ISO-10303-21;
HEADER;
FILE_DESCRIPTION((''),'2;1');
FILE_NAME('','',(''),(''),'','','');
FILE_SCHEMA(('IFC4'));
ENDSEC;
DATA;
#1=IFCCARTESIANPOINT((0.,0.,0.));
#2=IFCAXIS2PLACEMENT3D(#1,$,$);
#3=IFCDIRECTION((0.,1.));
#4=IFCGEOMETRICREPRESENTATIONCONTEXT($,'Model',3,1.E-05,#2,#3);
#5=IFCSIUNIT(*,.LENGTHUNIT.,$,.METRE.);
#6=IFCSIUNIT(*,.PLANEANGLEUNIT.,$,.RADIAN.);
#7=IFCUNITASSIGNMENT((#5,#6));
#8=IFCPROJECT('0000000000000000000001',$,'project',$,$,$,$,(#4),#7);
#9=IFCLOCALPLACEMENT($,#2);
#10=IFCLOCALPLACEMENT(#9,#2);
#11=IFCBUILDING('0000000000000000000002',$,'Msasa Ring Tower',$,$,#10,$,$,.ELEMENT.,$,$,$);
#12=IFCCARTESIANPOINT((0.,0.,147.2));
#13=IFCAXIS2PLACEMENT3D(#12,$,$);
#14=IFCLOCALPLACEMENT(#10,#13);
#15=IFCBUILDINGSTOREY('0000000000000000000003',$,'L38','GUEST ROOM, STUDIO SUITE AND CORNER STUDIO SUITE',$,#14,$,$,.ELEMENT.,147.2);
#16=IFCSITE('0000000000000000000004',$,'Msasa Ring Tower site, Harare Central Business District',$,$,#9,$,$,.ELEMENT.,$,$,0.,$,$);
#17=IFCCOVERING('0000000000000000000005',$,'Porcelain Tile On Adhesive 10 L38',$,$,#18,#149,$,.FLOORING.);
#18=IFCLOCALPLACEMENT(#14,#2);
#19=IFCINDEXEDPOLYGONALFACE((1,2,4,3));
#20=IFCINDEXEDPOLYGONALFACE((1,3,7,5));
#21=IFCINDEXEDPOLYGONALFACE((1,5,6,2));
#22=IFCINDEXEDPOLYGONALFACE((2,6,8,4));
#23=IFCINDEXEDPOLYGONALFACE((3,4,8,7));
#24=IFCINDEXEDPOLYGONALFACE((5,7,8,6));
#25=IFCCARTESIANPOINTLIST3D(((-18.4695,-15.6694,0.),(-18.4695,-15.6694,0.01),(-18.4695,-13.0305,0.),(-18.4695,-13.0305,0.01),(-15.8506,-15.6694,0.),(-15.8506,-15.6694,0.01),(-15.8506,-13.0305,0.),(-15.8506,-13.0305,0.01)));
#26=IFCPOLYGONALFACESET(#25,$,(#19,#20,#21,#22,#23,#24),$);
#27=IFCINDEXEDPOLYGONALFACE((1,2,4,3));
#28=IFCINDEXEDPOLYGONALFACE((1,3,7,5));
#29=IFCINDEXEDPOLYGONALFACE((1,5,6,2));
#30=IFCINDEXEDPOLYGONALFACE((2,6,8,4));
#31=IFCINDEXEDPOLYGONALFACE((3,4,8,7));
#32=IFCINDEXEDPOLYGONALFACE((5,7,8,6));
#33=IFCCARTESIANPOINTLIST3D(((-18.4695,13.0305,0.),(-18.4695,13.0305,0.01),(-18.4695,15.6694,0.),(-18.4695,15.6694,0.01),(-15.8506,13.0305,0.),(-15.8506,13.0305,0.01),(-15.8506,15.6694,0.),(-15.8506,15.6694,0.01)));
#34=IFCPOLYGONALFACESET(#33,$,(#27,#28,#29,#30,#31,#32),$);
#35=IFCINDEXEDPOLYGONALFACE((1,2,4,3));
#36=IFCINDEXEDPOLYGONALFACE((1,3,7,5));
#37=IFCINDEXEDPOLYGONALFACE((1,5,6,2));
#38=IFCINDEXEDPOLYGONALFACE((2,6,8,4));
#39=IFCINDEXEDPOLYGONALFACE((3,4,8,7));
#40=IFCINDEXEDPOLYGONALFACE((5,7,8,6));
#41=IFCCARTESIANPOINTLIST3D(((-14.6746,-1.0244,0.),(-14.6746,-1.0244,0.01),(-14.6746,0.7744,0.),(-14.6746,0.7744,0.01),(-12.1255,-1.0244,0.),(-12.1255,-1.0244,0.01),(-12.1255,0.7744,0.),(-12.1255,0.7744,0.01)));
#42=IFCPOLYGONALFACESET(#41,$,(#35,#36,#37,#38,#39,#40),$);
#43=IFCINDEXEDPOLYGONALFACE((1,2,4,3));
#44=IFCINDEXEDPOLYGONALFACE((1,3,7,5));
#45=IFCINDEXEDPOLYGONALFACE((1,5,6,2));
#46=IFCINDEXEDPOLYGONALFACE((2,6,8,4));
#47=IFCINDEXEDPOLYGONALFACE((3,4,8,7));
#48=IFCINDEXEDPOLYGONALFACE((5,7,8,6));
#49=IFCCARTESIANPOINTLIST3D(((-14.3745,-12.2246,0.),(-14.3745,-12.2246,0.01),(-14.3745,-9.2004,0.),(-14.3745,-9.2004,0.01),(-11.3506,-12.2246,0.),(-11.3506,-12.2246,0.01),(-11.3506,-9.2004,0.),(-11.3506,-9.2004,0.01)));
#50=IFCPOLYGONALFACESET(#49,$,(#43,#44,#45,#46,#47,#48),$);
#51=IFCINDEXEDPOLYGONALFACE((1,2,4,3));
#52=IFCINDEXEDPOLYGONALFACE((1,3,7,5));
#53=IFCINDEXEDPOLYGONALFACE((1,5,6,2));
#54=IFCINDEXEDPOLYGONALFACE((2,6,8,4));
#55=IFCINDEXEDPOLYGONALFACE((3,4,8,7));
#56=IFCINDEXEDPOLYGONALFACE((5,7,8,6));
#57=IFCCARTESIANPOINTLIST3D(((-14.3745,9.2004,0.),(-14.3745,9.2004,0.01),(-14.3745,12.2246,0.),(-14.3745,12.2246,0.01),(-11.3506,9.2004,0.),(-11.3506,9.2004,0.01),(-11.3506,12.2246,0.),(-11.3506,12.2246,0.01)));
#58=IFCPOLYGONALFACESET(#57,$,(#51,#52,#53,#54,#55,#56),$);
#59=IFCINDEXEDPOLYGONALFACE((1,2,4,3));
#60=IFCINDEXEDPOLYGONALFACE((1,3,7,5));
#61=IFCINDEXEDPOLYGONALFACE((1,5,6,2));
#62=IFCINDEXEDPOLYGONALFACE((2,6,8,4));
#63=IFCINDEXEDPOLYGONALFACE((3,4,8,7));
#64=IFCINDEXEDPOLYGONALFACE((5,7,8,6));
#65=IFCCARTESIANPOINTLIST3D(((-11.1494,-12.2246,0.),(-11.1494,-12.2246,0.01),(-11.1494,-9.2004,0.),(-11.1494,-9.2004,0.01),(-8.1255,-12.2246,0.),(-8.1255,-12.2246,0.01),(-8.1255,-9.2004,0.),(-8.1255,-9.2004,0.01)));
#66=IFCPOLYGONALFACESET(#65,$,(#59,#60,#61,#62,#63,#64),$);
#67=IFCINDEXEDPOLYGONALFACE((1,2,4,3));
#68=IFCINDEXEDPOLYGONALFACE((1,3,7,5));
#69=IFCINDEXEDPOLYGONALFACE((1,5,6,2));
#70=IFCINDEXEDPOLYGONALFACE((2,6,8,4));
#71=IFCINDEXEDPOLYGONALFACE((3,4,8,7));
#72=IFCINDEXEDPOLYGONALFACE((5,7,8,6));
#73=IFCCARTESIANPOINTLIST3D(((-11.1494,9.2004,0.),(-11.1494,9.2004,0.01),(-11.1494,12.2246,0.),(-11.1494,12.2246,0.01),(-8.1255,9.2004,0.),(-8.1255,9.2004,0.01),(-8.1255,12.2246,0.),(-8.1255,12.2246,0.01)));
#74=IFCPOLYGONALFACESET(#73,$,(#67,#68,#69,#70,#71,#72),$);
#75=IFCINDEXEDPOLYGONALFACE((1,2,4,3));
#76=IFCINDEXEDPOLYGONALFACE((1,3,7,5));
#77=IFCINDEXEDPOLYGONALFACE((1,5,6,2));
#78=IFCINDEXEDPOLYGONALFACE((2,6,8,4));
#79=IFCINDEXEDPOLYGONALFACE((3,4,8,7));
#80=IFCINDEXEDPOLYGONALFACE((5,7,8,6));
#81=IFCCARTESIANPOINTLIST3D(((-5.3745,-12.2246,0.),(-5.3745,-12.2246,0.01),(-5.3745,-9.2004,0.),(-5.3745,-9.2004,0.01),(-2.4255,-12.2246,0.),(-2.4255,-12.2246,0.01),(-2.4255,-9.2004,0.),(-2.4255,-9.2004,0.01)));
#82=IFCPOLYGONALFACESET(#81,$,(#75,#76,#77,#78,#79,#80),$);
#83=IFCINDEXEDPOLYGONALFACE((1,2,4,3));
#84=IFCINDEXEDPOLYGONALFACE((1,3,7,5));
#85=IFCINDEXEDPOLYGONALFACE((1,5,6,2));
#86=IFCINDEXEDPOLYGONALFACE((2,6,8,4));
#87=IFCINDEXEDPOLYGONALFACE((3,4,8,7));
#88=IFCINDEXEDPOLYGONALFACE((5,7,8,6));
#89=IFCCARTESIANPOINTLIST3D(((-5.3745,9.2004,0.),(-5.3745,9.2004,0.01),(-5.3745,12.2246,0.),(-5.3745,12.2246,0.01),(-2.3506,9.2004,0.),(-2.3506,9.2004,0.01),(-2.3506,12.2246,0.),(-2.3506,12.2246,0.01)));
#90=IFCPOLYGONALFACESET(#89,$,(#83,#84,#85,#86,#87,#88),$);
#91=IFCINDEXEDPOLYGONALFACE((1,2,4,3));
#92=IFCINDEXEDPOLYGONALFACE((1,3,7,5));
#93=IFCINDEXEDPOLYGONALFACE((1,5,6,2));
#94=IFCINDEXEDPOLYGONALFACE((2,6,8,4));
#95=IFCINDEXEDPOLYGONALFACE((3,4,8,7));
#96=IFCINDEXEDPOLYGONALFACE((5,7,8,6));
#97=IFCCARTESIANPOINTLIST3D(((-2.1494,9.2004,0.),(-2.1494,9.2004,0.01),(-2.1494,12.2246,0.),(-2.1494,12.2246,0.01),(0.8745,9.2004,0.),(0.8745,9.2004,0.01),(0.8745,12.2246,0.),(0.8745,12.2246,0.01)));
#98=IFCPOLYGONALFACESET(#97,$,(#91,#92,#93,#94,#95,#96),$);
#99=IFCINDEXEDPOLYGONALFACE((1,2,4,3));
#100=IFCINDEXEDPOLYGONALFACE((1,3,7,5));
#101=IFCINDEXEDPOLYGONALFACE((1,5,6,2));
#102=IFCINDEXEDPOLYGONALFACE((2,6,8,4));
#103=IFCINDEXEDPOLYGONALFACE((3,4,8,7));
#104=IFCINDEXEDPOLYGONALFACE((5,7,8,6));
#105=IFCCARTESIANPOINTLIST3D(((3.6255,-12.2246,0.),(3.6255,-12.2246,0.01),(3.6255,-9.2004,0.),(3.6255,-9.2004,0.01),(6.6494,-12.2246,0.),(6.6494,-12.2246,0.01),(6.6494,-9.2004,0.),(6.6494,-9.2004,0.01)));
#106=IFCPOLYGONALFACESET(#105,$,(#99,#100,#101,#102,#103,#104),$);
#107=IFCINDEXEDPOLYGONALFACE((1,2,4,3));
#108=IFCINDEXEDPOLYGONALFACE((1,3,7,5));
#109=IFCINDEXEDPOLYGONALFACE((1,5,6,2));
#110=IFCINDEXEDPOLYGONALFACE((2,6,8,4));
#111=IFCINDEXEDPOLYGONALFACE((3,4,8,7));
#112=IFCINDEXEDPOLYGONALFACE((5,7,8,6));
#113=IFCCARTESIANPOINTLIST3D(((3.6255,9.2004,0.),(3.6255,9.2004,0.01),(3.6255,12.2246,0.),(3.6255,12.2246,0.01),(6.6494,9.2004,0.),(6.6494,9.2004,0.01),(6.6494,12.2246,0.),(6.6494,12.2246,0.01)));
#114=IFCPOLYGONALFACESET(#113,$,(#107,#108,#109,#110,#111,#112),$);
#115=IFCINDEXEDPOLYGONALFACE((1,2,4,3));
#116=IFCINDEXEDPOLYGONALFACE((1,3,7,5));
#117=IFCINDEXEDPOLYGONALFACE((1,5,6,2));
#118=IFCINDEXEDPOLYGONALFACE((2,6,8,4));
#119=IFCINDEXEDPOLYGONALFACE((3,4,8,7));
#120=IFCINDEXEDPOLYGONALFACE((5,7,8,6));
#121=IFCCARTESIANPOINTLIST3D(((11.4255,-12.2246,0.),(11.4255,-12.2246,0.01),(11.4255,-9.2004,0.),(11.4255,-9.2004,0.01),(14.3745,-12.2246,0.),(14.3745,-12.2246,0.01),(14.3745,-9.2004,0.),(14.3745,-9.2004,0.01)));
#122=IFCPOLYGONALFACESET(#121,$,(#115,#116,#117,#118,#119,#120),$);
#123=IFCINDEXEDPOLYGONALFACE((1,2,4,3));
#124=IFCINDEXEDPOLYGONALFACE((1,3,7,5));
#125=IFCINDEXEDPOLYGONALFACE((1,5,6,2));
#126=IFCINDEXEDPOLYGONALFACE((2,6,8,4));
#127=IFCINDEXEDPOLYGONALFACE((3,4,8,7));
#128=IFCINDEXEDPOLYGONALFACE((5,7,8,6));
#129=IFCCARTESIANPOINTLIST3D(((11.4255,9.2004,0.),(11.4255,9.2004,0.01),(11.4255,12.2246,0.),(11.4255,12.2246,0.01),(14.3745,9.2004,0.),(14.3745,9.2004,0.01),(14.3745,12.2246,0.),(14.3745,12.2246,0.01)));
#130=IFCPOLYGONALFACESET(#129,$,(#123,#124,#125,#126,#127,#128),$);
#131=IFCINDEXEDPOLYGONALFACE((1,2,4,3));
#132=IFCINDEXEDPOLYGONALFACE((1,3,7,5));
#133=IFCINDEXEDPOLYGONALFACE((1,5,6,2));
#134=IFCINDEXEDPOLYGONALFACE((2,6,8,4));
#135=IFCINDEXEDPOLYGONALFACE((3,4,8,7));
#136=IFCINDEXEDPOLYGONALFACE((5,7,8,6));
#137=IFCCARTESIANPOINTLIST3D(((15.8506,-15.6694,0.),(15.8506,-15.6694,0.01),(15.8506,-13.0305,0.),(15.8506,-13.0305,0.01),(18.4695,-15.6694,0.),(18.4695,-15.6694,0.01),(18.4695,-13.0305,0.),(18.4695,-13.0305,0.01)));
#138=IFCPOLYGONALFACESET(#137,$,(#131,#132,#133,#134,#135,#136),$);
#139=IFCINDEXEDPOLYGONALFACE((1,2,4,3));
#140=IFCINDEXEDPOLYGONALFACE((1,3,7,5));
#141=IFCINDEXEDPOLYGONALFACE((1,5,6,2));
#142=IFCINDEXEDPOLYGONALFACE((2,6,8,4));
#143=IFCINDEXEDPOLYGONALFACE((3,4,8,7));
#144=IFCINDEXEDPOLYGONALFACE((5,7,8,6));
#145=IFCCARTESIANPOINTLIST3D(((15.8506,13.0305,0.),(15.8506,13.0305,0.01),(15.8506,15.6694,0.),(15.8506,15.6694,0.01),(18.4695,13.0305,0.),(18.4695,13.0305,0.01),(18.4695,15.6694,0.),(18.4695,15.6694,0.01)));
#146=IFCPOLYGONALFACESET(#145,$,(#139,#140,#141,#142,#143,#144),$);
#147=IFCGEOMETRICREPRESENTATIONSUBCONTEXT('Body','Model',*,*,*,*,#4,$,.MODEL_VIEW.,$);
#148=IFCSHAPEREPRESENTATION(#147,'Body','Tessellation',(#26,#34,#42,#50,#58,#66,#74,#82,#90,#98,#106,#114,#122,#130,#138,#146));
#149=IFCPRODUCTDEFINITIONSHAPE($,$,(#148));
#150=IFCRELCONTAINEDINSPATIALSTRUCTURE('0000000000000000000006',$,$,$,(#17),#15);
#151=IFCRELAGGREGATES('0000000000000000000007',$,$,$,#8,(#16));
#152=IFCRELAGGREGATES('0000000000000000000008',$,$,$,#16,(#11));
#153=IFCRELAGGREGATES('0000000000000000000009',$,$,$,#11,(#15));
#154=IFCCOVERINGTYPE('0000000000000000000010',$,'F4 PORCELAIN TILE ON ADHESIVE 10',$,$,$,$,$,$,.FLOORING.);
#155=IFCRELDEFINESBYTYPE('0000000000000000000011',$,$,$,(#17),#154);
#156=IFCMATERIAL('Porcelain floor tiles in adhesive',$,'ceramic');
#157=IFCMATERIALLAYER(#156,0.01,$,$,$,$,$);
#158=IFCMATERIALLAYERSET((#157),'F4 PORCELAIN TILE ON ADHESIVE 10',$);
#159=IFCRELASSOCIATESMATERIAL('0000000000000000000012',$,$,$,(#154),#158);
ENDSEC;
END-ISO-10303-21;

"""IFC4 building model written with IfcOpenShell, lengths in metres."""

from ifc_helpers import new_model, si_unit, direction, frame, origin, place, context, subcontext, project, spatial, line, indexed_curve, outline, extrude, material, layer, layer_set, type_object, element, save


model = new_model("IFC4")

# Units and contexts
model_context = context("Model", 3, precision=1e-05, world=origin(), true_north=direction((0.0, 1.0)))
body_context = subcontext(model_context, "Body", "Model", "MODEL_VIEW")
ifc_project = project(units=[si_unit("LENGTHUNIT", "METRE"), si_unit("PLANEANGLEUNIT", "RADIAN")], contexts=[model_context])

# Site, building, storey
site_placement = place(None, origin())
site = spatial("IfcSite", under=ifc_project, at=site_placement, Name="Msasa Ring Tower site, Harare Central Business District", CompositionType="ELEMENT", RefElevation=0.0)
building_placement = place(site_placement, origin())
building = spatial("IfcBuilding", under=site, at=building_placement, Name="Msasa Ring Tower", CompositionType="ELEMENT")
storey_placement = place(building_placement, frame((0.0, 0.0, 147.2)))
storey = spatial("IfcBuildingStorey", under=building, at=storey_placement, Name="L38", Description="GUEST ROOM, STUDIO SUITE AND CORNER STUDIO SUITE", CompositionType="ELEMENT", Elevation=147.2)

# Covering
ifc_material_1 = material(Name="Porcelain floor tiles in adhesive", Category="ceramic")
ifc_layer_1 = layer(ifc_material_1, 0.01)
ifc_layer_set_1 = layer_set([ifc_layer_1], Name="F4 PORCELAIN TILE ON ADHESIVE 10")
covering_type_1 = type_object("IfcCoveringType", Name="F4 PORCELAIN TILE ON ADHESIVE 10", PredefinedType="FLOORING", material=ifc_layer_set_1)
covering_1_placement = place(storey_placement, origin())
element("IfcCovering", 1, at=covering_1_placement, inside=storey, type_object=covering_type_1, Name="Porcelain Tile On Adhesive 10 L38", PredefinedType="FLOORING", context=body_context, shape_type="SweptSolid", body=[
    extrude(outline(indexed_curve([(-15.8506, -13.0305), (-15.8506, -15.6694), (-18.4695, -15.6694), (-18.4695, -13.0305)], segments=[line(1, 2, 3, 4, 1)], self_intersect=False)), origin(), (0.0, 0.0, 1.0), 0.01),
    extrude(outline(indexed_curve([(-15.8506, 15.6694), (-15.8506, 13.0305), (-18.4695, 13.0305), (-18.4695, 15.6694)], segments=[line(1, 2, 3, 4, 1)], self_intersect=False)), origin(), (0.0, 0.0, 1.0), 0.01),
    extrude(outline(indexed_curve([(-12.1255, -1.0244), (-14.6746, -1.0244), (-14.6746, 0.7744), (-12.1255, 0.7744)], segments=[line(1, 2, 3, 4, 1)], self_intersect=False)), origin(), (0.0, 0.0, 1.0), 0.01),
    extrude(outline(indexed_curve([(-11.3506, -9.2004), (-11.3506, -12.2246), (-14.3745, -12.2246), (-14.3745, -9.2004)], segments=[line(1, 2, 3, 4, 1)], self_intersect=False)), origin(), (0.0, 0.0, 1.0), 0.01),
    extrude(outline(indexed_curve([(-11.3506, 9.2004), (-14.3745, 9.2004), (-14.3745, 12.2246), (-11.3506, 12.2246)], segments=[line(1, 2, 3, 4, 1)], self_intersect=False)), origin(), (0.0, 0.0, 1.0), 0.01),
    extrude(outline(indexed_curve([(-8.1255, -9.2004), (-8.1255, -12.2246), (-11.1494, -12.2246), (-11.1494, -9.2004)], segments=[line(1, 2, 3, 4, 1)], self_intersect=False)), origin(), (0.0, 0.0, 1.0), 0.01),
    extrude(outline(indexed_curve([(-11.1494, 9.2004), (-11.1494, 12.2246), (-8.1255, 12.2246), (-8.1255, 9.2004)], segments=[line(1, 2, 3, 4, 1)], self_intersect=False)), origin(), (0.0, 0.0, 1.0), 0.01),
    extrude(outline(indexed_curve([(-2.4255, -9.2004), (-2.4255, -12.2246), (-5.3745, -12.2246), (-5.3745, -9.2004)], segments=[line(1, 2, 3, 4, 1)], self_intersect=False)), origin(), (0.0, 0.0, 1.0), 0.01),
    extrude(outline(indexed_curve([(-2.3506, 9.2004), (-5.3745, 9.2004), (-5.3745, 12.2246), (-2.3506, 12.2246)], segments=[line(1, 2, 3, 4, 1)], self_intersect=False)), origin(), (0.0, 0.0, 1.0), 0.01),
    extrude(outline(indexed_curve([(-2.1494, 9.2004), (-2.1494, 12.2246), (0.8745, 12.2246), (0.8745, 9.2004)], segments=[line(1, 2, 3, 4, 1)], self_intersect=False)), origin(), (0.0, 0.0, 1.0), 0.01),
    extrude(outline(indexed_curve([(6.6494, -9.2004), (6.6494, -12.2246), (3.6255, -12.2246), (3.6255, -9.2004)], segments=[line(1, 2, 3, 4, 1)], self_intersect=False)), origin(), (0.0, 0.0, 1.0), 0.01),
    extrude(outline(indexed_curve([(6.6494, 9.2004), (3.6255, 9.2004), (3.6255, 12.2246), (6.6494, 12.2246)], segments=[line(1, 2, 3, 4, 1)], self_intersect=False)), origin(), (0.0, 0.0, 1.0), 0.01),
    extrude(outline(indexed_curve([(14.3745, -9.2004), (14.3745, -12.2246), (11.4255, -12.2246), (11.4255, -9.2004)], segments=[line(1, 2, 3, 4, 1)], self_intersect=False)), origin(), (0.0, 0.0, 1.0), 0.01),
    extrude(outline(indexed_curve([(11.4255, 9.2004), (11.4255, 12.2246), (14.3745, 12.2246), (14.3745, 9.2004)], segments=[line(1, 2, 3, 4, 1)], self_intersect=False)), origin(), (0.0, 0.0, 1.0), 0.01),
    extrude(outline(indexed_curve([(18.4695, -13.0305), (18.4695, -15.6694), (15.8506, -15.6694), (15.8506, -13.0305)], segments=[line(1, 2, 3, 4, 1)], self_intersect=False)), origin(), (0.0, 0.0, 1.0), 0.01),
    extrude(outline(indexed_curve([(18.4695, 15.6694), (18.4695, 13.0305), (15.8506, 13.0305), (15.8506, 15.6694)], segments=[line(1, 2, 3, 4, 1)], self_intersect=False)), origin(), (0.0, 0.0, 1.0), 0.01),
])

save(model, "model.ifc")
